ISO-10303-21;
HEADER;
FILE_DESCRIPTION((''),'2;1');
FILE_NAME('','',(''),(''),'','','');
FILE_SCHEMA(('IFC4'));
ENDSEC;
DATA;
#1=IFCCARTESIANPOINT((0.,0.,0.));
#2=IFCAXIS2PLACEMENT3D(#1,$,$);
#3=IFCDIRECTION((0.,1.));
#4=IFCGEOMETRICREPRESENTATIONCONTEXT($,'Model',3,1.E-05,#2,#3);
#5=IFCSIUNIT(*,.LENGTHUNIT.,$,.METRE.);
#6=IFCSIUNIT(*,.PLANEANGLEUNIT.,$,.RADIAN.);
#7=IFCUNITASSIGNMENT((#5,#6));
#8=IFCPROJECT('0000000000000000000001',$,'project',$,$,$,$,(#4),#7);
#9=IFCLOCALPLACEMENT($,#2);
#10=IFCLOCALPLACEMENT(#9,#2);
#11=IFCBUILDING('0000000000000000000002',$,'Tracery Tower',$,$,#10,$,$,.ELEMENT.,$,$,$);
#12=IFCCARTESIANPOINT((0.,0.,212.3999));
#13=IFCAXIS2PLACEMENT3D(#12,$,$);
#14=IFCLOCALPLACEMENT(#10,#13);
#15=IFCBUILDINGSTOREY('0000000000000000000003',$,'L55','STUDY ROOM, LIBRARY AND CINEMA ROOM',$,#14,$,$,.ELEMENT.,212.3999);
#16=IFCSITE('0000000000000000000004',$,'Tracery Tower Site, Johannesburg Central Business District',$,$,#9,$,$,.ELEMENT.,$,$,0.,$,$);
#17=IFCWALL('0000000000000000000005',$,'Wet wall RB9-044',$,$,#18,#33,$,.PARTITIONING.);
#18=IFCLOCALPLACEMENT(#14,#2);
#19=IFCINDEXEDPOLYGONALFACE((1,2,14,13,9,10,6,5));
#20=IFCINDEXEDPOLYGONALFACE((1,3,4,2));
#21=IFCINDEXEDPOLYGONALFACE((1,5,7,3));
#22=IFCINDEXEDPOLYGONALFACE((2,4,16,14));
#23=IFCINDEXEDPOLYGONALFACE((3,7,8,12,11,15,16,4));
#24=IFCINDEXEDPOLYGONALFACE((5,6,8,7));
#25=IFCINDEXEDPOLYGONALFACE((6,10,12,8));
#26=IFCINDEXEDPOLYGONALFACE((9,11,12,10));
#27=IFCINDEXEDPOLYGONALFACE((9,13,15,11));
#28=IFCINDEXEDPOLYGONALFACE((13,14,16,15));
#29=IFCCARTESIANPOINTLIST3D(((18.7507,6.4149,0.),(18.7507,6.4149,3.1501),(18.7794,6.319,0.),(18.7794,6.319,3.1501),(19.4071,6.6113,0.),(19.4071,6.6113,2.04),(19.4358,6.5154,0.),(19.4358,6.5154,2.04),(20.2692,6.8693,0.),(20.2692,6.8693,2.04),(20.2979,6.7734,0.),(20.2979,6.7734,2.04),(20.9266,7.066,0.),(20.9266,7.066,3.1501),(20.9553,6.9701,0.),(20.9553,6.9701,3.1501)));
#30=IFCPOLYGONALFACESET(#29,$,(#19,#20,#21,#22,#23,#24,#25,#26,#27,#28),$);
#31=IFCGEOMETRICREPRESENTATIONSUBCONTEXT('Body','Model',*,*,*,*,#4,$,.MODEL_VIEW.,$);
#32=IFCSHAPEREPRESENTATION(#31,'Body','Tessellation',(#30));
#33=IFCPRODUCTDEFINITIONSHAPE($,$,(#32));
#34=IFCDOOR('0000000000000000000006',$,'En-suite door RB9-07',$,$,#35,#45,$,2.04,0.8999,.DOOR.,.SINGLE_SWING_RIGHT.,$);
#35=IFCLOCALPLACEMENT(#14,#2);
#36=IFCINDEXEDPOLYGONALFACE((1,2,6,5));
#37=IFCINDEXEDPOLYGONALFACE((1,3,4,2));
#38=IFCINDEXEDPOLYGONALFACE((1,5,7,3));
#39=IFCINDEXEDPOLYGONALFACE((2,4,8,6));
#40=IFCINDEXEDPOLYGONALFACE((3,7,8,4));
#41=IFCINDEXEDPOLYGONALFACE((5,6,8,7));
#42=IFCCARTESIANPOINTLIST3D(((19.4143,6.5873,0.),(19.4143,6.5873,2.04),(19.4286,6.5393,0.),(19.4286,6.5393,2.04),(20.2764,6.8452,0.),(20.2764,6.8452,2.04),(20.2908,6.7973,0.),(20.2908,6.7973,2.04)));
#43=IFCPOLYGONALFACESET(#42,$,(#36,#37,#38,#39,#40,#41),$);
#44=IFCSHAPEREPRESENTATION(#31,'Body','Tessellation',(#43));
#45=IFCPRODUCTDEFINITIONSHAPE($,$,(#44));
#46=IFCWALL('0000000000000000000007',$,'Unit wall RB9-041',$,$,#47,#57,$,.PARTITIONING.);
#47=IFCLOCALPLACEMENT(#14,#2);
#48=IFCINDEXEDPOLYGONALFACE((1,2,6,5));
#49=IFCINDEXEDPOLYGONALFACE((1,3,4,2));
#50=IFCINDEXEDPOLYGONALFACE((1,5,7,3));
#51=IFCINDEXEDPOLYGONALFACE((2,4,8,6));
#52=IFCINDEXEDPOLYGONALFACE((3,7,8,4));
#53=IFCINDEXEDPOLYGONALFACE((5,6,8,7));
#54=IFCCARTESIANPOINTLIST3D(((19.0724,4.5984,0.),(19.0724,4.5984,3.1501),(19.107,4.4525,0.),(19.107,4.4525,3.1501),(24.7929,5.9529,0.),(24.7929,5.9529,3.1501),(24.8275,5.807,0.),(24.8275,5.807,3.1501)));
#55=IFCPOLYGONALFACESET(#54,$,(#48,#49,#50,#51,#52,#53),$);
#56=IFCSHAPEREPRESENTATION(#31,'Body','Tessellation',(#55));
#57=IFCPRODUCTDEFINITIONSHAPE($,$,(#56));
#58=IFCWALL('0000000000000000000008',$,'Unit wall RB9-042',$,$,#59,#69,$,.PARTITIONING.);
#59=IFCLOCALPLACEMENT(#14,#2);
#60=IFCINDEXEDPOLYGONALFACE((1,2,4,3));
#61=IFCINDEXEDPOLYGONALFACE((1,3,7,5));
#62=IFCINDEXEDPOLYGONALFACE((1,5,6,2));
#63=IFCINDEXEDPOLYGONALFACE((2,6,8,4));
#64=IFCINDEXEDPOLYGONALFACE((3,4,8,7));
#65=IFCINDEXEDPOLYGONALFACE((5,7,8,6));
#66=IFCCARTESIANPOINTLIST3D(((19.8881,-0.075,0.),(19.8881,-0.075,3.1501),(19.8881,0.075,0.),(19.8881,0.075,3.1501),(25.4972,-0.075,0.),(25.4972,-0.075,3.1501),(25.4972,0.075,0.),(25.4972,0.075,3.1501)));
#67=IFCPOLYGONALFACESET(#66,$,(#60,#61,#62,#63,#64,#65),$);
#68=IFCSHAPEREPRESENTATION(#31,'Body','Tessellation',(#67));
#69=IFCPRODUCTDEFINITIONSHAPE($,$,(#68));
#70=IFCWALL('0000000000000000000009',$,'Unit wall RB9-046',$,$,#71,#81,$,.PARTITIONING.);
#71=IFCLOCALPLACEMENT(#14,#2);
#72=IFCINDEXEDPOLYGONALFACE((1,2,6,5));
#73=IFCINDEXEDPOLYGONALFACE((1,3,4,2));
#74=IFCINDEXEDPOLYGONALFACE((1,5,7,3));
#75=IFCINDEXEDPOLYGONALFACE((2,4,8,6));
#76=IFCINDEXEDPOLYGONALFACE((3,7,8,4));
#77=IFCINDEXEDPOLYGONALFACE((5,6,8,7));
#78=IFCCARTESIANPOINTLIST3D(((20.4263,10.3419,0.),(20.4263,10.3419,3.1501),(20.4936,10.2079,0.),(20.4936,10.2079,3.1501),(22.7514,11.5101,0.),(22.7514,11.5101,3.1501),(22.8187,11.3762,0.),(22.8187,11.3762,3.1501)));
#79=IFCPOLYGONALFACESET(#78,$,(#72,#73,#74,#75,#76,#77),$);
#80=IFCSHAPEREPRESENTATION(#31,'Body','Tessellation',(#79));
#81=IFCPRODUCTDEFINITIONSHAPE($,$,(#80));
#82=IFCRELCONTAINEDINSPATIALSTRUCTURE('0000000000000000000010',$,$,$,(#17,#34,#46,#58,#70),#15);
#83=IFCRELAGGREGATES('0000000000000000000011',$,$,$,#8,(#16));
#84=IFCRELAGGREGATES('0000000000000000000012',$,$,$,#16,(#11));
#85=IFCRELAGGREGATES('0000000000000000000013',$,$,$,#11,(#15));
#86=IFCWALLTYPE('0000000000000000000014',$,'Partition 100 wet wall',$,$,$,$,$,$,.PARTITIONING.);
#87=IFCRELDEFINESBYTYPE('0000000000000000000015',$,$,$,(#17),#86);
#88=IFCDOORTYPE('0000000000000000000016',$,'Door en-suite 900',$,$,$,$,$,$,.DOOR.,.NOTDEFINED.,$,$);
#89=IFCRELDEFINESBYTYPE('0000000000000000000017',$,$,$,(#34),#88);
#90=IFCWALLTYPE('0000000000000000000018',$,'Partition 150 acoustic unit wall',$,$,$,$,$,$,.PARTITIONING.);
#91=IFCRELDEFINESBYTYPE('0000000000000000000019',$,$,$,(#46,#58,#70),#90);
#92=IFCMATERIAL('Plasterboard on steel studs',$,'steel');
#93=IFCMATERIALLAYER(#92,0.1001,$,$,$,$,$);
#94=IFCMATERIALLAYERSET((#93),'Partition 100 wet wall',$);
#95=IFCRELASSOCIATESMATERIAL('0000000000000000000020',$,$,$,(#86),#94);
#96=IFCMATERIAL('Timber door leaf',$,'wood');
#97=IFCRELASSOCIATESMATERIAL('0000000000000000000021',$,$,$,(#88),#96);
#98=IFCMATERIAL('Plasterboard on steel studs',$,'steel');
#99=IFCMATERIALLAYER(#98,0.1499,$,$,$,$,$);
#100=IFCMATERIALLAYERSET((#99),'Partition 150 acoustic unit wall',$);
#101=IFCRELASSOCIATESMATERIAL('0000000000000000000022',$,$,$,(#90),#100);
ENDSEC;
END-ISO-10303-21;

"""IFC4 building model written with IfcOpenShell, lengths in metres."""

from ifc_helpers import new_model, si_unit, direction, frame, frame_2d, origin, place, context, subcontext, project, spatial, rectangle, extrude, material, layer, layer_set, type_object, element, fill, save


model = new_model("IFC4")

# Units and contexts
model_context = context("Model", 3, precision=1e-05, world=origin(), true_north=direction((0.0, 1.0)))
body_context = subcontext(model_context, "Body", "Model", "MODEL_VIEW")
ifc_project = project(units=[si_unit("LENGTHUNIT", "METRE"), si_unit("PLANEANGLEUNIT", "RADIAN")], contexts=[model_context])

# Site, building, storey
site_placement = place(None, origin())
site = spatial("IfcSite", under=ifc_project, at=site_placement, Name="Tracery Tower Site, Johannesburg Central Business District", CompositionType="ELEMENT", RefElevation=0.0)
building_placement = place(site_placement, origin())
building = spatial("IfcBuilding", under=site, at=building_placement, Name="Tracery Tower", CompositionType="ELEMENT")
storey_placement = place(building_placement, frame((0.0, 0.0, 212.3999)))
storey = spatial("IfcBuildingStorey", under=building, at=storey_placement, Name="L55", Description="STUDY ROOM, LIBRARY AND CINEMA ROOM", CompositionType="ELEMENT", Elevation=212.3999)

# Shared definitions
ifc_material_1 = material(Name="Plasterboard on steel studs", Category="steel")
ifc_layer_1 = layer(ifc_material_1, 0.1001)
ifc_layer_set_1 = layer_set([ifc_layer_1], Name="Partition 100 wet wall")
wall_type_1 = type_object("IfcWallType", Name="Partition 100 wet wall", PredefinedType="PARTITIONING", material=ifc_layer_set_1)

# Shared definitions
ifc_material_2 = material(Name="Timber door leaf", Category="wood")
door_type = type_object("IfcDoorType", Name="Door en-suite 900", OperationType="NOTDEFINED", PredefinedType="DOOR", material=ifc_material_2)

# Wall, opening, door
wall_1_placement = place(storey_placement, frame((18.7649, 6.3669, 0.0), z_axis=(0.0, 0.0, 1.0), x_axis=(0.95803, 0.286667, 0.0)))
wall_1 = element("IfcWall", 1, at=wall_1_placement, inside=storey, type_object=wall_type_1, Name="Wet wall RB9-044", PredefinedType="PARTITIONING", context=body_context, shape_type="SweptSolid", body=[
    extrude(rectangle(XDim=2.2712, YDim=0.1001, at=frame_2d((1.1357, 0.0))), origin(), (0.0, 0.0, 1.0), 3.1501),
])
opening_1_placement = place(wall_1_placement, frame((0.6853, 0.0, 0.0)))
opening_1 = element("IfcOpeningElement", 2, at=opening_1_placement, cuts=wall_1, PredefinedType="OPENING", context=body_context, shape_type="SweptSolid", body=[
    extrude(rectangle(XDim=0.8999, YDim=2.04, at=frame_2d((0.45, 1.02))), frame((0.0, 0.05, 0.0), z_axis=(0.0, -1.0, 0.0), x_axis=(1.0, 0.0, 0.0)), (0.0, 0.0, 1.0), 0.1001),
])
door_1_placement = place(opening_1_placement, origin())
door_1 = element("IfcDoor", 3, at=door_1_placement, inside=storey, type_object=door_type, Name="En-suite door RB9-07", OperationType="SINGLE_SWING_RIGHT", OverallHeight=2.04, OverallWidth=0.8999, PredefinedType="DOOR", context=body_context, shape_type="SweptSolid", body=[
    extrude(rectangle(XDim=0.8999, YDim=2.04, at=frame_2d((0.45, 1.02))), frame((0.0, 0.0249, 0.0), z_axis=(0.0, -1.0, 0.0), x_axis=(1.0, 0.0, 0.0)), (0.0, 0.0, 1.0), 0.05),
])
fill(opening_1, door_1)

# Walls
ifc_material_3 = material(Name="Plasterboard on steel studs", Category="steel")
ifc_layer_2 = layer(ifc_material_3, 0.1499)
ifc_layer_set_2 = layer_set([ifc_layer_2], Name="Partition 150 acoustic unit wall")
wall_type_2 = type_object("IfcWallType", Name="Partition 150 acoustic unit wall", PredefinedType="PARTITIONING", material=ifc_layer_set_2)
wall_2_placement = place(storey_placement, frame((19.0896, 4.5254, 0.0), z_axis=(0.0, 0.0, 1.0), x_axis=(0.973094, 0.230409, 0.0)))
element("IfcWall", 4, at=wall_2_placement, inside=storey, type_object=wall_type_2, Name="Unit wall RB9-041", PredefinedType="PARTITIONING", context=body_context, shape_type="SweptSolid", body=[
    extrude(rectangle(XDim=5.8787, YDim=0.1499, at=frame_2d((2.9395, 0.0))), origin(), (0.0, 0.0, 1.0), 3.1501),
])
wall_3_placement = place(storey_placement, frame((19.8879, 0.0, 0.0), z_axis=(0.0, 0.0, 1.0), x_axis=(1.0, 0.0, 0.0)))
element("IfcWall", 5, at=wall_3_placement, inside=storey, type_object=wall_type_2, Name="Unit wall RB9-042", PredefinedType="PARTITIONING", context=body_context, shape_type="SweptSolid", body=[
    extrude(rectangle(XDim=5.6091, YDim=0.1499, at=frame_2d((2.8047, 0.0))), origin(), (0.0, 0.0, 1.0), 3.1501),
])
wall_4_placement = place(storey_placement, frame((20.46, 10.2749, 0.0), z_axis=(0.0, 0.0, 1.0), x_axis=(0.893543, 0.448977, 0.0)))
element("IfcWall", 6, at=wall_4_placement, inside=storey, type_object=wall_type_2, Name="Unit wall RB9-046", PredefinedType="PARTITIONING", context=body_context, shape_type="SweptSolid", body=[
    extrude(rectangle(XDim=2.6021, YDim=0.1499, at=frame_2d((1.301, 0.0))), origin(), (0.0, 0.0, 1.0), 3.1501),
])

save(model, "model.ifc")
